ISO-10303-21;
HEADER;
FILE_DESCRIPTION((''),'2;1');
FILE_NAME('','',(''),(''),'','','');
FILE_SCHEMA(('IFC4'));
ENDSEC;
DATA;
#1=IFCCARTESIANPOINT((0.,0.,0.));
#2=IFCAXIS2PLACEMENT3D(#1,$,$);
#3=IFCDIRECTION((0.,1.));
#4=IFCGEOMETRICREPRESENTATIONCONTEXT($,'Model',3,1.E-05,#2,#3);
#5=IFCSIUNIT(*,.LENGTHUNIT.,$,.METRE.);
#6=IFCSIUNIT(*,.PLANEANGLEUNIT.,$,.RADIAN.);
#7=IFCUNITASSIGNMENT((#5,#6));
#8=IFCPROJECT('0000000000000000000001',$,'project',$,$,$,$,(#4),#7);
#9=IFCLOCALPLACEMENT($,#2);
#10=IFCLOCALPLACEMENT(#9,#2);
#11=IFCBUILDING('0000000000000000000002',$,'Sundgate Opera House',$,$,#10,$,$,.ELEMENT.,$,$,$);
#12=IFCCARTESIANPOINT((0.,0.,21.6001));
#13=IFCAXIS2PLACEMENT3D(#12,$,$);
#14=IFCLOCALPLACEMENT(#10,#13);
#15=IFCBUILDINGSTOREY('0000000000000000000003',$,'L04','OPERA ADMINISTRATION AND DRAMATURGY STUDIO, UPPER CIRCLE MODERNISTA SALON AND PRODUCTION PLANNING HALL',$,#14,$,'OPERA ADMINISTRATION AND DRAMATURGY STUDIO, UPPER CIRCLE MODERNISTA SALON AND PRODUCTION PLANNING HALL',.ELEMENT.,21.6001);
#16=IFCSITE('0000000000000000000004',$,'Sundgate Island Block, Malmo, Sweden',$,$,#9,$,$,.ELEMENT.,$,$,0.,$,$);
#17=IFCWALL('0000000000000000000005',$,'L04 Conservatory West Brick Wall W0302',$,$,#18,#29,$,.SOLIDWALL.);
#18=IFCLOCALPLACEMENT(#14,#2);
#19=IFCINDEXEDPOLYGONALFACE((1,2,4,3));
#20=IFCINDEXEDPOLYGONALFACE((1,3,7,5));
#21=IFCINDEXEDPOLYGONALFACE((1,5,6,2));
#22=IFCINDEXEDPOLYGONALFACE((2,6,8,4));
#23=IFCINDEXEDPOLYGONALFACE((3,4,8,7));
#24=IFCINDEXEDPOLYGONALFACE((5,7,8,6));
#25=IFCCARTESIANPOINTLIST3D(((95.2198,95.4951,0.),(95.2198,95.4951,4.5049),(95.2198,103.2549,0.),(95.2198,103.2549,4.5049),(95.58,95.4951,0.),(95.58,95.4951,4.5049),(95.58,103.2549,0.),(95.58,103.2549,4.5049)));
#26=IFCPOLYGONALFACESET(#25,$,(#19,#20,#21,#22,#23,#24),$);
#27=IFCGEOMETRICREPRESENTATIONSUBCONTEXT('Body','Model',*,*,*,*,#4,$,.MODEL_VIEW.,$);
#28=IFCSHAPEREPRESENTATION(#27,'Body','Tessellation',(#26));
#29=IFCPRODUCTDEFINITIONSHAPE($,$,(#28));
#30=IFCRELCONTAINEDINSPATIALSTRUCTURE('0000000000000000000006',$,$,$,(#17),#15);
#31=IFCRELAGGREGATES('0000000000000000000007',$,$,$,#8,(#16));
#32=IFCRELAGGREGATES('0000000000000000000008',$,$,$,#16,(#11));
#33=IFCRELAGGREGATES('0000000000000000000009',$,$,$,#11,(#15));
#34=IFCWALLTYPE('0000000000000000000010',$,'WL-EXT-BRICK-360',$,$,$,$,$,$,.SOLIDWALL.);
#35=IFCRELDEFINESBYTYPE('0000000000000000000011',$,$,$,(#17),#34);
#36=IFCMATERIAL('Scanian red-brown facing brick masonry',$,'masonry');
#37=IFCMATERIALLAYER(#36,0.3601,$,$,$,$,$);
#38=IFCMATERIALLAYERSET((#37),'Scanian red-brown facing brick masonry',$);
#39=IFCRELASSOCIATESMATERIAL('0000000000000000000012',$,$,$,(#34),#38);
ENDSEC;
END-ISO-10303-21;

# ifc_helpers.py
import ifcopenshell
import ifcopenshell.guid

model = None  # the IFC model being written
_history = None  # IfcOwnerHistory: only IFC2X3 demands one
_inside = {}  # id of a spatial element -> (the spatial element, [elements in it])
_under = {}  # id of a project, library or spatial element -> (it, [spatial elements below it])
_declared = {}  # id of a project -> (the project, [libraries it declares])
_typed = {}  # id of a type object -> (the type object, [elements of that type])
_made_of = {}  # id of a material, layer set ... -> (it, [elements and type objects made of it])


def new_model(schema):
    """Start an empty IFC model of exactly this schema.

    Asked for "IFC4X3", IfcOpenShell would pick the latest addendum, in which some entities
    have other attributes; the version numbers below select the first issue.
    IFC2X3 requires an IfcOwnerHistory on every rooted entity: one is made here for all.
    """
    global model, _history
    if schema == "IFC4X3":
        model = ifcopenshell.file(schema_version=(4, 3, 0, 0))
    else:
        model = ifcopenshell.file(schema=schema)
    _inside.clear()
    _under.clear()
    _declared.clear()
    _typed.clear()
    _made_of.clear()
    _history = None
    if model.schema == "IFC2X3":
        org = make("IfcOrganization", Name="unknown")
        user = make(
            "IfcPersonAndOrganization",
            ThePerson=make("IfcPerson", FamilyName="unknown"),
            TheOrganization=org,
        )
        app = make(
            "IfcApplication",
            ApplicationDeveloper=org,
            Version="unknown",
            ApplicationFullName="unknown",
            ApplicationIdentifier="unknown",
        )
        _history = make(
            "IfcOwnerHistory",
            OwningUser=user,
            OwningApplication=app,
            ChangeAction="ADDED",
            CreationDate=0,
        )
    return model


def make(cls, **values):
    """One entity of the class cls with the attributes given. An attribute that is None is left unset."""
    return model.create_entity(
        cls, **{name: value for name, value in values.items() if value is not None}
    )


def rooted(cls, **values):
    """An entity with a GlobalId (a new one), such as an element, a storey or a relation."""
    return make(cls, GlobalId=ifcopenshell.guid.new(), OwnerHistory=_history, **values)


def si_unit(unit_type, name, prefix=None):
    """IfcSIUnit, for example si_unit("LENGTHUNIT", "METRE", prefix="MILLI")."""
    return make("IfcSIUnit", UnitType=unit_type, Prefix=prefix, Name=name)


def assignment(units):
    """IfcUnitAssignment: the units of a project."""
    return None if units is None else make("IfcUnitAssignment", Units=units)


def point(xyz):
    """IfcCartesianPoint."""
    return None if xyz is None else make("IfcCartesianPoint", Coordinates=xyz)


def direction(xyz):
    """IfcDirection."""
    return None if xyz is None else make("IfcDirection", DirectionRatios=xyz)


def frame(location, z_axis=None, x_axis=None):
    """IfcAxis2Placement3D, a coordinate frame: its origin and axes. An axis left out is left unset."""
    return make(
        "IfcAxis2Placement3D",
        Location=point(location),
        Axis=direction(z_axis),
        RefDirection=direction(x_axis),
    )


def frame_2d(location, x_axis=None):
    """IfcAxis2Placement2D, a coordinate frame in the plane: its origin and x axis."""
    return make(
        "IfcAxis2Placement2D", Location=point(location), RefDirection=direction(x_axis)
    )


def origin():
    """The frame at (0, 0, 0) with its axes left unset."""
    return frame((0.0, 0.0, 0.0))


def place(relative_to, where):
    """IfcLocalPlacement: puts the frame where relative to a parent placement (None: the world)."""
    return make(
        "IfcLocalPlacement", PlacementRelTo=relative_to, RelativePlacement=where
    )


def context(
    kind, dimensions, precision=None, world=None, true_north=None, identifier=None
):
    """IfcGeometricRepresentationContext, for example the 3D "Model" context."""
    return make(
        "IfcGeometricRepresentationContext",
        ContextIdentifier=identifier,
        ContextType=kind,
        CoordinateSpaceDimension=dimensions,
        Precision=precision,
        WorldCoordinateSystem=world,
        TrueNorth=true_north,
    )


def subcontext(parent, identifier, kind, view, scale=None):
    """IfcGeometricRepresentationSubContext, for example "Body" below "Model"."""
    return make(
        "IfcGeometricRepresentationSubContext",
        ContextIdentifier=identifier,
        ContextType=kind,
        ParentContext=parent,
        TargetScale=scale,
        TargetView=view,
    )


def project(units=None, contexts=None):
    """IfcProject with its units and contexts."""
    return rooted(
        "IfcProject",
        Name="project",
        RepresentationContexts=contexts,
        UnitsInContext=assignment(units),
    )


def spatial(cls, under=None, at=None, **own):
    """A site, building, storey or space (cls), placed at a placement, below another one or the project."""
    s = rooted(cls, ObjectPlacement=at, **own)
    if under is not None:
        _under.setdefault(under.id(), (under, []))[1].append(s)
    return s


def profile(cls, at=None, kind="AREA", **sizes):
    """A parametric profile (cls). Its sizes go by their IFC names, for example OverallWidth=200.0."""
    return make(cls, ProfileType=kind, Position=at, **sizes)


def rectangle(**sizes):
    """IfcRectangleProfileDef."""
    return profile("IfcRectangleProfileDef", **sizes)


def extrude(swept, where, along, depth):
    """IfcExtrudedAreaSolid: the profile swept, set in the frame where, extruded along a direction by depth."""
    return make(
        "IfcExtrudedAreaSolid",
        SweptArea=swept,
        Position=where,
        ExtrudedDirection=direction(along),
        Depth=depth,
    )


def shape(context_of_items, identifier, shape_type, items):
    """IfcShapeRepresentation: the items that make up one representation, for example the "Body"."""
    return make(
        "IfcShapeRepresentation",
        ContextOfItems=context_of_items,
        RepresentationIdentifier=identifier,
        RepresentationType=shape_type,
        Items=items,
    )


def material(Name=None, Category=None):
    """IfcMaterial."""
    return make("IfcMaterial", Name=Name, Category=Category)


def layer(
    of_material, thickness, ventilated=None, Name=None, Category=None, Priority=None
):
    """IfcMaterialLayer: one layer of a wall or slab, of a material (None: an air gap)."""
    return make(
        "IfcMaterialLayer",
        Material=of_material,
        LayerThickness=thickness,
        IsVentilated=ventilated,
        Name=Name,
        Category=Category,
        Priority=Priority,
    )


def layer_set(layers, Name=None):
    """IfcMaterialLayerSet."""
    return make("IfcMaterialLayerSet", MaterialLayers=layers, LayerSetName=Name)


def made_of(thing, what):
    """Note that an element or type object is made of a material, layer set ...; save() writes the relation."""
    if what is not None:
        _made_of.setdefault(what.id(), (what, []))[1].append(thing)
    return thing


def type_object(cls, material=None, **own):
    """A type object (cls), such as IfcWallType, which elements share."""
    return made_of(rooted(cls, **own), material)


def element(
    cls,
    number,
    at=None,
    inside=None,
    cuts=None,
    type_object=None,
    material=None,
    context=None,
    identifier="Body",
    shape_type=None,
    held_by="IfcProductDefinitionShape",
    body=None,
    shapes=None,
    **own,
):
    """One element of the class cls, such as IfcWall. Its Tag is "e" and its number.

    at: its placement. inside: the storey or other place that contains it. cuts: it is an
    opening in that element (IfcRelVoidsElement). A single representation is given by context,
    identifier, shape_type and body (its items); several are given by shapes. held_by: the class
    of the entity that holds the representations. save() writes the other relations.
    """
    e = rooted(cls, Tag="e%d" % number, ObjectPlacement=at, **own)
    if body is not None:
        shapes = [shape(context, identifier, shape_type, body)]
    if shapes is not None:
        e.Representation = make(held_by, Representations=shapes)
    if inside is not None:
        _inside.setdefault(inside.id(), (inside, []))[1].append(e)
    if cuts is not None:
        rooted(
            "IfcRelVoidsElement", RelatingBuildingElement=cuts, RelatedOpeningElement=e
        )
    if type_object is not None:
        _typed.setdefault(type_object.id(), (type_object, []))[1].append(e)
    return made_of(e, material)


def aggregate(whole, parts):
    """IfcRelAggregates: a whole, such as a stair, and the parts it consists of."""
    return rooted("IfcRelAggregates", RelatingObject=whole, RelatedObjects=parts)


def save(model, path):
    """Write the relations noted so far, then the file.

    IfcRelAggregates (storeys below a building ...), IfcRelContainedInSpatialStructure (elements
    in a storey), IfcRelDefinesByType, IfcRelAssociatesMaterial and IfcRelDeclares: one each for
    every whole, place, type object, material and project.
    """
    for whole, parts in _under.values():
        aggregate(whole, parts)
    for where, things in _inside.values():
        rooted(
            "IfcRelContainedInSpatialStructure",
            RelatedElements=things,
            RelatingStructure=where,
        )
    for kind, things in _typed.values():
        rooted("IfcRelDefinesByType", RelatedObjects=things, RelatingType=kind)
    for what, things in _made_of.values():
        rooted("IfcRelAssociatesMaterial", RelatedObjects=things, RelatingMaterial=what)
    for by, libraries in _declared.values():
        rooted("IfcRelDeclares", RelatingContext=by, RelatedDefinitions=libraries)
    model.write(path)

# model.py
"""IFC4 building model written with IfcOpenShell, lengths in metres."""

from ifc_helpers import new_model, si_unit, direction, frame, frame_2d, origin, place, context, subcontext, project, spatial, rectangle, extrude, material, layer, layer_set, type_object, element, save


model = new_model("IFC4")

# Units and contexts
model_context = context("Model", 3, precision=1e-05, world=origin(), true_north=direction((0.0, 1.0)))
body_context = subcontext(model_context, "Body", "Model", "MODEL_VIEW")
ifc_project = project(units=[si_unit("LENGTHUNIT", "METRE"), si_unit("PLANEANGLEUNIT", "RADIAN")], contexts=[model_context])

# Site, building, storey
site_placement = place(None, origin())
site = spatial("IfcSite", under=ifc_project, at=site_placement, Name="Sundgate Island Block, Malmo, Sweden", CompositionType="ELEMENT", RefElevation=0.0)
building_placement = place(site_placement, origin())
building = spatial("IfcBuilding", under=site, at=building_placement, Name="Sundgate Opera House", CompositionType="ELEMENT")
storey_placement = place(building_placement, frame((0.0, 0.0, 21.6001)))
storey = spatial("IfcBuildingStorey", under=building, at=storey_placement, Name="L04", Description="OPERA ADMINISTRATION AND DRAMATURGY STUDIO, UPPER CIRCLE MODERNISTA SALON AND PRODUCTION PLANNING HALL", LongName="OPERA ADMINISTRATION AND DRAMATURGY STUDIO, UPPER CIRCLE MODERNISTA SALON AND PRODUCTION PLANNING HALL", CompositionType="ELEMENT", Elevation=21.6001)

# Wall
ifc_material_1 = material(Name="Scanian red-brown facing brick masonry", Category="masonry")
ifc_layer_1 = layer(ifc_material_1, 0.3601)
ifc_layer_set_1 = layer_set([ifc_layer_1], Name="Scanian red-brown facing brick masonry")
wall_type_1 = type_object("IfcWallType", Name="WL-EXT-BRICK-360", PredefinedType="SOLIDWALL", material=ifc_layer_set_1)
for number, where, z_axis, x_axis, name in (
    (1, (95.3999, 103.2549, 0.0), (0.0, 0.0, 1.0), (0.0, -1.0, 0.0), "L04 Conservatory West Brick Wall W0302"),
):
    element("IfcWall", number, at=place(storey_placement, frame(where, z_axis=z_axis, x_axis=x_axis)), inside=storey, type_object=wall_type_1, Name=name, PredefinedType="SOLIDWALL", context=body_context, shape_type="SweptSolid", body=[
        extrude(rectangle(XDim=7.7598, YDim=0.3601, at=frame_2d((3.8799, 0.0))), origin(), (0.0, 0.0, 1.0), 4.5049),
    ])

save(model, "model.ifc")
